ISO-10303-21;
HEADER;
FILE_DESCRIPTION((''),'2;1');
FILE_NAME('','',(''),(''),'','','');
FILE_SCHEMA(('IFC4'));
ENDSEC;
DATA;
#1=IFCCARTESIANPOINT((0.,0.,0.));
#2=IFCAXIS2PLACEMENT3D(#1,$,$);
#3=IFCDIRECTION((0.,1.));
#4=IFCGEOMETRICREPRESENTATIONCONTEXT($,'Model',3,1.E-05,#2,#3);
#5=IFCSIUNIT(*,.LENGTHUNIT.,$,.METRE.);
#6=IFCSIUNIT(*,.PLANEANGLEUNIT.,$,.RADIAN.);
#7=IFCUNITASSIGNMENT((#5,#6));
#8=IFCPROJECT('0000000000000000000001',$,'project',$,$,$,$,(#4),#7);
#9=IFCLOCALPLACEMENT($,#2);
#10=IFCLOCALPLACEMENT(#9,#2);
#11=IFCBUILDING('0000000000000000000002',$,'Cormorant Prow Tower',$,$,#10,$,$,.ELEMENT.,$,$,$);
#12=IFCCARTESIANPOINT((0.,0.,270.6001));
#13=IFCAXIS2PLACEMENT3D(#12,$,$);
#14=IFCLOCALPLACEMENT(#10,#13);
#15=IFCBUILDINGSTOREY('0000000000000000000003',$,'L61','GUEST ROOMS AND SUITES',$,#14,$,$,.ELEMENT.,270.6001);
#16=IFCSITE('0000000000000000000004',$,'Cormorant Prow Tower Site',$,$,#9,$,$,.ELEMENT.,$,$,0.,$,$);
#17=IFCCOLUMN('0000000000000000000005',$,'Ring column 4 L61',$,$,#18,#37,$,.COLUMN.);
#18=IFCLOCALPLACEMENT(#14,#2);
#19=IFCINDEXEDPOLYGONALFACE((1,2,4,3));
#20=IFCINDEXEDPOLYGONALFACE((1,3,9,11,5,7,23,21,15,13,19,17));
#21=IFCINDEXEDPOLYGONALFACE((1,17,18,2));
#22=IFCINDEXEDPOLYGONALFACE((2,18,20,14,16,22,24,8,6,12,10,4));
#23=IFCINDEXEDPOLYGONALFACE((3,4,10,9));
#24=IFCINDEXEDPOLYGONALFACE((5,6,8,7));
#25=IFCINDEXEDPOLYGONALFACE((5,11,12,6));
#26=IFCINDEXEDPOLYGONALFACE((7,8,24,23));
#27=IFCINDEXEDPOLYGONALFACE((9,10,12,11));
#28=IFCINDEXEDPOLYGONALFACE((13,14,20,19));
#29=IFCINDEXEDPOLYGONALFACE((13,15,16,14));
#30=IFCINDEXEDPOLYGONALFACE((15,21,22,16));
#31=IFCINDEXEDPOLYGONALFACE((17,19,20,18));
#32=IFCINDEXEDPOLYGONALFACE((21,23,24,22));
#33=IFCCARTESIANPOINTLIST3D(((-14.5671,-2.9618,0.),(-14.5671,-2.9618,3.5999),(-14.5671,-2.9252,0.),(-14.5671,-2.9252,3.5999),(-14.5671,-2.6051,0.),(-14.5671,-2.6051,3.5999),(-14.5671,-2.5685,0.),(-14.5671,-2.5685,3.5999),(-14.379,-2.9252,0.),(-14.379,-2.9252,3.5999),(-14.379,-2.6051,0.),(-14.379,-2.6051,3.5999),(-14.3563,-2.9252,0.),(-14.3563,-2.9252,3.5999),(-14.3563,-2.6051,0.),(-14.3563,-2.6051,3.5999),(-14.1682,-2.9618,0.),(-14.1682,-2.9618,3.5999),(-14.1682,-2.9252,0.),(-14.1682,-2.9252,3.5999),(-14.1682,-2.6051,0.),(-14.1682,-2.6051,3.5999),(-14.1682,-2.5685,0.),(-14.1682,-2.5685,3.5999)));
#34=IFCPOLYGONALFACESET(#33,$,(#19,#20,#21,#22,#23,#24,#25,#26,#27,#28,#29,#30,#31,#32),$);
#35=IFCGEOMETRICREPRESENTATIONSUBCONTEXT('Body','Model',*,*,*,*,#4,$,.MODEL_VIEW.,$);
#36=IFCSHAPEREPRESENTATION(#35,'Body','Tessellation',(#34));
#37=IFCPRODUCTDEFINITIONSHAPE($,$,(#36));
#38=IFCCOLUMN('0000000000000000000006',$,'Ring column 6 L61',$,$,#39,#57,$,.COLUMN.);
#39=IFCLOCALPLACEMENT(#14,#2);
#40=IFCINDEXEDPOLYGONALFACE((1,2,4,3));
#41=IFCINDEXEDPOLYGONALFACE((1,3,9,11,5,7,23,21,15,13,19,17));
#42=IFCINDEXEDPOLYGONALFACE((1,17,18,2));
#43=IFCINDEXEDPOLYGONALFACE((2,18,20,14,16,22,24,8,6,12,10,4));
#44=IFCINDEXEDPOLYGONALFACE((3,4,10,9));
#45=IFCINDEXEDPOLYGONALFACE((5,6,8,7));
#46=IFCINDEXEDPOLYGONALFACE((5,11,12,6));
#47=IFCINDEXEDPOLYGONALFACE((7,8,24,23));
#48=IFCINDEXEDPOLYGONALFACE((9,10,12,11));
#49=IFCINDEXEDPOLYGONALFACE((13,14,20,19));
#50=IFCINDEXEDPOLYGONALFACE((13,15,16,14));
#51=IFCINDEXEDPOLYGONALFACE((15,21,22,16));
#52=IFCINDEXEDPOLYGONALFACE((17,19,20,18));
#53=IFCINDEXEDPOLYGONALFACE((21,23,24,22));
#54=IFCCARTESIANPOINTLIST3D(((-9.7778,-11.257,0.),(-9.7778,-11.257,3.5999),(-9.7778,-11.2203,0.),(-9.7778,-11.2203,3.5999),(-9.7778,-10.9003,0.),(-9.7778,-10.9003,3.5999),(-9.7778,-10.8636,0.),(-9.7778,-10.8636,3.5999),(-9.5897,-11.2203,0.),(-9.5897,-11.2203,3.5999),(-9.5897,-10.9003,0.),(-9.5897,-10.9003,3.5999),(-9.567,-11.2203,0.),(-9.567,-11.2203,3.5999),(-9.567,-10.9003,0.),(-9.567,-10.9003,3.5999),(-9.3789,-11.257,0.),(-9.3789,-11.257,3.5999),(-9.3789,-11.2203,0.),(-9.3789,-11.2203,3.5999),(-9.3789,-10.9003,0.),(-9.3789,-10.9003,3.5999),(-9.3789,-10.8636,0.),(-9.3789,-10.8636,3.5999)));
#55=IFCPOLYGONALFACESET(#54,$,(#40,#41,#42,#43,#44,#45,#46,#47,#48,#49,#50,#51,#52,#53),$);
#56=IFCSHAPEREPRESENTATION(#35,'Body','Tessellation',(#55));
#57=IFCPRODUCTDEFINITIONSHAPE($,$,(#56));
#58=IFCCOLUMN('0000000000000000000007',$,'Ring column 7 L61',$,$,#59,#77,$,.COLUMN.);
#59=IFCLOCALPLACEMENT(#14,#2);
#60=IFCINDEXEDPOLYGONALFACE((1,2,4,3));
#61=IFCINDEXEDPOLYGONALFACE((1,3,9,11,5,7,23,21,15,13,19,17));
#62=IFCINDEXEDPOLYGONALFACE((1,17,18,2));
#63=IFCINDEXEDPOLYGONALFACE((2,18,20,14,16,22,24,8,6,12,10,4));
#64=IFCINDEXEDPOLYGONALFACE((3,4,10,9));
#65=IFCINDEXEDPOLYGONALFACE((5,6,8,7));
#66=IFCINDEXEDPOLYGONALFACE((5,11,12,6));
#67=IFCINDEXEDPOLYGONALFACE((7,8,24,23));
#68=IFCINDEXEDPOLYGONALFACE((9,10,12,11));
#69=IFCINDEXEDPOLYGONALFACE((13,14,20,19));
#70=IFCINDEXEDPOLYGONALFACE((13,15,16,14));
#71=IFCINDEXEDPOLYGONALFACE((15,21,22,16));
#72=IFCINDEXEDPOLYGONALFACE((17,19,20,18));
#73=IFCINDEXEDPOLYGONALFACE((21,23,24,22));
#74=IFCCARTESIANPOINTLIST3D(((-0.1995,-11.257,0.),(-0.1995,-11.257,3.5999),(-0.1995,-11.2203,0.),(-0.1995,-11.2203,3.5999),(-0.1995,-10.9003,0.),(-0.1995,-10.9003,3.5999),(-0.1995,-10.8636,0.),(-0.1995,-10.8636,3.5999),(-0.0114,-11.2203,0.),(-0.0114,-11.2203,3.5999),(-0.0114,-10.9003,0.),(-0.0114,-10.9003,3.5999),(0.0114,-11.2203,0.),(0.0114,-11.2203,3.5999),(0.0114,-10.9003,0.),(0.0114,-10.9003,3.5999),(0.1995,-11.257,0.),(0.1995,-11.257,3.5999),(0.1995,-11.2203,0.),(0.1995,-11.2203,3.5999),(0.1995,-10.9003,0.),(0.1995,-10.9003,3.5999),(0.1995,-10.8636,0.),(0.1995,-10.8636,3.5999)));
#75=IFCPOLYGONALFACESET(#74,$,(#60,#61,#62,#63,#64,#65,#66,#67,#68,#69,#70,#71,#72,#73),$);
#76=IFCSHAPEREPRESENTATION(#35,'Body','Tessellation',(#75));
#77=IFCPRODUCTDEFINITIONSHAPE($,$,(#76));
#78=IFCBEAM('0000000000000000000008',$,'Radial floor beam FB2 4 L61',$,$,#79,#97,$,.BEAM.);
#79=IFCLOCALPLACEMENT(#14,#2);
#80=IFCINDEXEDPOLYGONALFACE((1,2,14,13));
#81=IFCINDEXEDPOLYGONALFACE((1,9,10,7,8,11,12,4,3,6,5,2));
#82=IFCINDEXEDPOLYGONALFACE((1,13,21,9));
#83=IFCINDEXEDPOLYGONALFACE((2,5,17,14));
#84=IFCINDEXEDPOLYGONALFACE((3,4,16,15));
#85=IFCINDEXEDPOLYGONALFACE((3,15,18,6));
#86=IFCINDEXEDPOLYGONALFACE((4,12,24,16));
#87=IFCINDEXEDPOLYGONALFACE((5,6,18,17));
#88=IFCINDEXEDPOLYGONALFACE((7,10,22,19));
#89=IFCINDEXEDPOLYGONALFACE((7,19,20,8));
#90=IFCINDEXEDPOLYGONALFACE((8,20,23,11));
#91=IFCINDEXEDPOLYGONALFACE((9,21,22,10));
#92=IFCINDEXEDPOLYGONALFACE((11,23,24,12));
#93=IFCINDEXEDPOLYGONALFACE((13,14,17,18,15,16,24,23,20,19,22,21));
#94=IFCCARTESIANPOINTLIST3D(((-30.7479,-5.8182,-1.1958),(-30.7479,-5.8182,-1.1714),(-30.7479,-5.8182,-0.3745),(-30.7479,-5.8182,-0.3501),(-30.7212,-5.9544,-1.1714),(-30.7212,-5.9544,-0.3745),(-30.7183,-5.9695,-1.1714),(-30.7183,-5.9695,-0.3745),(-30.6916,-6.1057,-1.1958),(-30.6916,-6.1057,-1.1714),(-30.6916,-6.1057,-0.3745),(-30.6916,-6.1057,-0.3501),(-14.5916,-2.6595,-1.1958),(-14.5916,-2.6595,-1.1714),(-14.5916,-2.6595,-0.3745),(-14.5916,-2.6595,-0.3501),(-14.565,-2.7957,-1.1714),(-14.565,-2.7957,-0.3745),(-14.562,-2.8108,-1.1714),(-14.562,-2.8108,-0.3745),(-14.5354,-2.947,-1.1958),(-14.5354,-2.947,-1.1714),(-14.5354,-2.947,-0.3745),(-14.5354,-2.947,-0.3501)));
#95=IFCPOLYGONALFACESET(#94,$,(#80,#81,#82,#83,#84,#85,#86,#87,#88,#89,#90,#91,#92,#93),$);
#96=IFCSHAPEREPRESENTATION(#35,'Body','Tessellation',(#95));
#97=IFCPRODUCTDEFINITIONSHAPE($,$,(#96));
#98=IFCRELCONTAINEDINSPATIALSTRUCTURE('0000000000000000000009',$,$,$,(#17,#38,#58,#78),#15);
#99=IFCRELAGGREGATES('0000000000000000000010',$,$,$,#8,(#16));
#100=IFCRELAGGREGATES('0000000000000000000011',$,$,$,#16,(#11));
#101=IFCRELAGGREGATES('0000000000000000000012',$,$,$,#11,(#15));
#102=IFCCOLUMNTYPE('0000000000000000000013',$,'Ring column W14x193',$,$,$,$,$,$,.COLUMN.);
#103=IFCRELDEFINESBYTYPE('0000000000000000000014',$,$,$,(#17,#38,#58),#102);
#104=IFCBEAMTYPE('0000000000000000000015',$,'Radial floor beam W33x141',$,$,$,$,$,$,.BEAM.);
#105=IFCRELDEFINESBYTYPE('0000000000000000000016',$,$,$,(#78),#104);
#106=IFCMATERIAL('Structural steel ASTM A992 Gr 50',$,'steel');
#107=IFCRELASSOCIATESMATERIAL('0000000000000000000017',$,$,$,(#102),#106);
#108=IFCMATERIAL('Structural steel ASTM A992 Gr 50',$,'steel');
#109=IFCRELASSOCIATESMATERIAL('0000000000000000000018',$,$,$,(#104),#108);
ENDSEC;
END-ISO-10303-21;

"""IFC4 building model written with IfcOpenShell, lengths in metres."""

from ifc_helpers import new_model, si_unit, direction, frame, origin, origin_2d, place, context, subcontext, project, spatial, i_section, extrude, material, material_profile, profile_set, type_object, element, save


model = new_model("IFC4")

# Units and contexts
model_context = context("Model", 3, precision=1e-05, world=origin(), true_north=direction((0.0, 1.0)))
body_context = subcontext(model_context, "Body", "Model", "MODEL_VIEW")
ifc_project = project(units=[si_unit("LENGTHUNIT", "METRE"), si_unit("PLANEANGLEUNIT", "RADIAN")], contexts=[model_context])

# Site, building, storey
site_placement = place(None, origin())
site = spatial("IfcSite", under=ifc_project, at=site_placement, Name="Cormorant Prow Tower Site", CompositionType="ELEMENT", RefElevation=0.0)
building_placement = place(site_placement, origin())
building = spatial("IfcBuilding", under=site, at=building_placement, Name="Cormorant Prow Tower", CompositionType="ELEMENT")
storey_placement = place(building_placement, frame((0.0, 0.0, 270.6001)))
storey = spatial("IfcBuildingStorey", under=building, at=storey_placement, Name="L61", Description="GUEST ROOMS AND SUITES", CompositionType="ELEMENT", Elevation=270.6001)

# Columns
ifc_material_1 = material(Name="Structural steel ASTM A992 Gr 50", Category="steel")
ifc_material_profile_1 = material_profile(ifc_material_1, i_section(OverallWidth=0.3989, OverallDepth=0.3933, WebThickness=0.0227, FlangeThickness=0.0366, at=origin_2d()), Name="W14x193")
ifc_profile_set_1 = profile_set([ifc_material_profile_1], Name="Structural steel ASTM A992 Gr 50")
column_type = type_object("IfcColumnType", Name="Ring column W14x193", PredefinedType="COLUMN", material=ifc_profile_set_1)
for number, where, z_axis, x_axis, name in (
    (1, (-14.3677, -2.7651, 0.0), (0.0, 0.0, 1.0), (1.0, 0.0, 0.0), "Ring column 4 L61"),
    (2, (-9.5784, -11.0603, 0.0), (0.0, 0.0, 1.0), (1.0, 0.0, 0.0), "Ring column 6 L61"),
    (3, (0.0, -11.0603, 0.0), (0.0, 0.0, 1.0), (1.0, 0.0, 0.0), "Ring column 7 L61"),
):
    element("IfcColumn", number, at=place(storey_placement, frame(where, z_axis=z_axis, x_axis=x_axis)), inside=storey, type_object=column_type, Name=name, PredefinedType="COLUMN", context=body_context, shape_type="SweptSolid", body=[
        extrude(i_section(OverallWidth=0.3989, OverallDepth=0.3933, WebThickness=0.0227, FlangeThickness=0.0366, at=origin_2d()), origin(), (0.0, 0.0, 1.0), 3.5999),
    ])

# Beam
ifc_material_2 = material(Name="Structural steel ASTM A992 Gr 50", Category="steel")
ifc_material_profile_2 = material_profile(ifc_material_2, i_section(OverallWidth=0.293, OverallDepth=0.8457, WebThickness=0.0154, FlangeThickness=0.0244, at=origin_2d()), Name="W33x141")
ifc_profile_set_2 = profile_set([ifc_material_profile_2], Name="Structural steel ASTM A992 Gr 50")
beam_type = type_object("IfcBeamType", Name="Radial floor beam W33x141", PredefinedType="BEAM", material=ifc_profile_set_2)
beam_placement = place(storey_placement, frame((-14.5635, -2.8032, -0.7729), z_axis=(-0.981419, -0.191876, 0.0), x_axis=(0.191876, -0.981419, 0.0)))
element("IfcBeam", 4, at=beam_placement, inside=storey, type_object=beam_type, Name="Radial floor beam FB2 4 L61", PredefinedType="BEAM", context=body_context, shape_type="SweptSolid", body=[
    extrude(i_section(OverallWidth=0.293, OverallDepth=0.8457, WebThickness=0.0154, FlangeThickness=0.0244, at=origin_2d()), origin(), (0.0, 0.0, 1.0), 16.4622),
])

save(model, "model.ifc")
